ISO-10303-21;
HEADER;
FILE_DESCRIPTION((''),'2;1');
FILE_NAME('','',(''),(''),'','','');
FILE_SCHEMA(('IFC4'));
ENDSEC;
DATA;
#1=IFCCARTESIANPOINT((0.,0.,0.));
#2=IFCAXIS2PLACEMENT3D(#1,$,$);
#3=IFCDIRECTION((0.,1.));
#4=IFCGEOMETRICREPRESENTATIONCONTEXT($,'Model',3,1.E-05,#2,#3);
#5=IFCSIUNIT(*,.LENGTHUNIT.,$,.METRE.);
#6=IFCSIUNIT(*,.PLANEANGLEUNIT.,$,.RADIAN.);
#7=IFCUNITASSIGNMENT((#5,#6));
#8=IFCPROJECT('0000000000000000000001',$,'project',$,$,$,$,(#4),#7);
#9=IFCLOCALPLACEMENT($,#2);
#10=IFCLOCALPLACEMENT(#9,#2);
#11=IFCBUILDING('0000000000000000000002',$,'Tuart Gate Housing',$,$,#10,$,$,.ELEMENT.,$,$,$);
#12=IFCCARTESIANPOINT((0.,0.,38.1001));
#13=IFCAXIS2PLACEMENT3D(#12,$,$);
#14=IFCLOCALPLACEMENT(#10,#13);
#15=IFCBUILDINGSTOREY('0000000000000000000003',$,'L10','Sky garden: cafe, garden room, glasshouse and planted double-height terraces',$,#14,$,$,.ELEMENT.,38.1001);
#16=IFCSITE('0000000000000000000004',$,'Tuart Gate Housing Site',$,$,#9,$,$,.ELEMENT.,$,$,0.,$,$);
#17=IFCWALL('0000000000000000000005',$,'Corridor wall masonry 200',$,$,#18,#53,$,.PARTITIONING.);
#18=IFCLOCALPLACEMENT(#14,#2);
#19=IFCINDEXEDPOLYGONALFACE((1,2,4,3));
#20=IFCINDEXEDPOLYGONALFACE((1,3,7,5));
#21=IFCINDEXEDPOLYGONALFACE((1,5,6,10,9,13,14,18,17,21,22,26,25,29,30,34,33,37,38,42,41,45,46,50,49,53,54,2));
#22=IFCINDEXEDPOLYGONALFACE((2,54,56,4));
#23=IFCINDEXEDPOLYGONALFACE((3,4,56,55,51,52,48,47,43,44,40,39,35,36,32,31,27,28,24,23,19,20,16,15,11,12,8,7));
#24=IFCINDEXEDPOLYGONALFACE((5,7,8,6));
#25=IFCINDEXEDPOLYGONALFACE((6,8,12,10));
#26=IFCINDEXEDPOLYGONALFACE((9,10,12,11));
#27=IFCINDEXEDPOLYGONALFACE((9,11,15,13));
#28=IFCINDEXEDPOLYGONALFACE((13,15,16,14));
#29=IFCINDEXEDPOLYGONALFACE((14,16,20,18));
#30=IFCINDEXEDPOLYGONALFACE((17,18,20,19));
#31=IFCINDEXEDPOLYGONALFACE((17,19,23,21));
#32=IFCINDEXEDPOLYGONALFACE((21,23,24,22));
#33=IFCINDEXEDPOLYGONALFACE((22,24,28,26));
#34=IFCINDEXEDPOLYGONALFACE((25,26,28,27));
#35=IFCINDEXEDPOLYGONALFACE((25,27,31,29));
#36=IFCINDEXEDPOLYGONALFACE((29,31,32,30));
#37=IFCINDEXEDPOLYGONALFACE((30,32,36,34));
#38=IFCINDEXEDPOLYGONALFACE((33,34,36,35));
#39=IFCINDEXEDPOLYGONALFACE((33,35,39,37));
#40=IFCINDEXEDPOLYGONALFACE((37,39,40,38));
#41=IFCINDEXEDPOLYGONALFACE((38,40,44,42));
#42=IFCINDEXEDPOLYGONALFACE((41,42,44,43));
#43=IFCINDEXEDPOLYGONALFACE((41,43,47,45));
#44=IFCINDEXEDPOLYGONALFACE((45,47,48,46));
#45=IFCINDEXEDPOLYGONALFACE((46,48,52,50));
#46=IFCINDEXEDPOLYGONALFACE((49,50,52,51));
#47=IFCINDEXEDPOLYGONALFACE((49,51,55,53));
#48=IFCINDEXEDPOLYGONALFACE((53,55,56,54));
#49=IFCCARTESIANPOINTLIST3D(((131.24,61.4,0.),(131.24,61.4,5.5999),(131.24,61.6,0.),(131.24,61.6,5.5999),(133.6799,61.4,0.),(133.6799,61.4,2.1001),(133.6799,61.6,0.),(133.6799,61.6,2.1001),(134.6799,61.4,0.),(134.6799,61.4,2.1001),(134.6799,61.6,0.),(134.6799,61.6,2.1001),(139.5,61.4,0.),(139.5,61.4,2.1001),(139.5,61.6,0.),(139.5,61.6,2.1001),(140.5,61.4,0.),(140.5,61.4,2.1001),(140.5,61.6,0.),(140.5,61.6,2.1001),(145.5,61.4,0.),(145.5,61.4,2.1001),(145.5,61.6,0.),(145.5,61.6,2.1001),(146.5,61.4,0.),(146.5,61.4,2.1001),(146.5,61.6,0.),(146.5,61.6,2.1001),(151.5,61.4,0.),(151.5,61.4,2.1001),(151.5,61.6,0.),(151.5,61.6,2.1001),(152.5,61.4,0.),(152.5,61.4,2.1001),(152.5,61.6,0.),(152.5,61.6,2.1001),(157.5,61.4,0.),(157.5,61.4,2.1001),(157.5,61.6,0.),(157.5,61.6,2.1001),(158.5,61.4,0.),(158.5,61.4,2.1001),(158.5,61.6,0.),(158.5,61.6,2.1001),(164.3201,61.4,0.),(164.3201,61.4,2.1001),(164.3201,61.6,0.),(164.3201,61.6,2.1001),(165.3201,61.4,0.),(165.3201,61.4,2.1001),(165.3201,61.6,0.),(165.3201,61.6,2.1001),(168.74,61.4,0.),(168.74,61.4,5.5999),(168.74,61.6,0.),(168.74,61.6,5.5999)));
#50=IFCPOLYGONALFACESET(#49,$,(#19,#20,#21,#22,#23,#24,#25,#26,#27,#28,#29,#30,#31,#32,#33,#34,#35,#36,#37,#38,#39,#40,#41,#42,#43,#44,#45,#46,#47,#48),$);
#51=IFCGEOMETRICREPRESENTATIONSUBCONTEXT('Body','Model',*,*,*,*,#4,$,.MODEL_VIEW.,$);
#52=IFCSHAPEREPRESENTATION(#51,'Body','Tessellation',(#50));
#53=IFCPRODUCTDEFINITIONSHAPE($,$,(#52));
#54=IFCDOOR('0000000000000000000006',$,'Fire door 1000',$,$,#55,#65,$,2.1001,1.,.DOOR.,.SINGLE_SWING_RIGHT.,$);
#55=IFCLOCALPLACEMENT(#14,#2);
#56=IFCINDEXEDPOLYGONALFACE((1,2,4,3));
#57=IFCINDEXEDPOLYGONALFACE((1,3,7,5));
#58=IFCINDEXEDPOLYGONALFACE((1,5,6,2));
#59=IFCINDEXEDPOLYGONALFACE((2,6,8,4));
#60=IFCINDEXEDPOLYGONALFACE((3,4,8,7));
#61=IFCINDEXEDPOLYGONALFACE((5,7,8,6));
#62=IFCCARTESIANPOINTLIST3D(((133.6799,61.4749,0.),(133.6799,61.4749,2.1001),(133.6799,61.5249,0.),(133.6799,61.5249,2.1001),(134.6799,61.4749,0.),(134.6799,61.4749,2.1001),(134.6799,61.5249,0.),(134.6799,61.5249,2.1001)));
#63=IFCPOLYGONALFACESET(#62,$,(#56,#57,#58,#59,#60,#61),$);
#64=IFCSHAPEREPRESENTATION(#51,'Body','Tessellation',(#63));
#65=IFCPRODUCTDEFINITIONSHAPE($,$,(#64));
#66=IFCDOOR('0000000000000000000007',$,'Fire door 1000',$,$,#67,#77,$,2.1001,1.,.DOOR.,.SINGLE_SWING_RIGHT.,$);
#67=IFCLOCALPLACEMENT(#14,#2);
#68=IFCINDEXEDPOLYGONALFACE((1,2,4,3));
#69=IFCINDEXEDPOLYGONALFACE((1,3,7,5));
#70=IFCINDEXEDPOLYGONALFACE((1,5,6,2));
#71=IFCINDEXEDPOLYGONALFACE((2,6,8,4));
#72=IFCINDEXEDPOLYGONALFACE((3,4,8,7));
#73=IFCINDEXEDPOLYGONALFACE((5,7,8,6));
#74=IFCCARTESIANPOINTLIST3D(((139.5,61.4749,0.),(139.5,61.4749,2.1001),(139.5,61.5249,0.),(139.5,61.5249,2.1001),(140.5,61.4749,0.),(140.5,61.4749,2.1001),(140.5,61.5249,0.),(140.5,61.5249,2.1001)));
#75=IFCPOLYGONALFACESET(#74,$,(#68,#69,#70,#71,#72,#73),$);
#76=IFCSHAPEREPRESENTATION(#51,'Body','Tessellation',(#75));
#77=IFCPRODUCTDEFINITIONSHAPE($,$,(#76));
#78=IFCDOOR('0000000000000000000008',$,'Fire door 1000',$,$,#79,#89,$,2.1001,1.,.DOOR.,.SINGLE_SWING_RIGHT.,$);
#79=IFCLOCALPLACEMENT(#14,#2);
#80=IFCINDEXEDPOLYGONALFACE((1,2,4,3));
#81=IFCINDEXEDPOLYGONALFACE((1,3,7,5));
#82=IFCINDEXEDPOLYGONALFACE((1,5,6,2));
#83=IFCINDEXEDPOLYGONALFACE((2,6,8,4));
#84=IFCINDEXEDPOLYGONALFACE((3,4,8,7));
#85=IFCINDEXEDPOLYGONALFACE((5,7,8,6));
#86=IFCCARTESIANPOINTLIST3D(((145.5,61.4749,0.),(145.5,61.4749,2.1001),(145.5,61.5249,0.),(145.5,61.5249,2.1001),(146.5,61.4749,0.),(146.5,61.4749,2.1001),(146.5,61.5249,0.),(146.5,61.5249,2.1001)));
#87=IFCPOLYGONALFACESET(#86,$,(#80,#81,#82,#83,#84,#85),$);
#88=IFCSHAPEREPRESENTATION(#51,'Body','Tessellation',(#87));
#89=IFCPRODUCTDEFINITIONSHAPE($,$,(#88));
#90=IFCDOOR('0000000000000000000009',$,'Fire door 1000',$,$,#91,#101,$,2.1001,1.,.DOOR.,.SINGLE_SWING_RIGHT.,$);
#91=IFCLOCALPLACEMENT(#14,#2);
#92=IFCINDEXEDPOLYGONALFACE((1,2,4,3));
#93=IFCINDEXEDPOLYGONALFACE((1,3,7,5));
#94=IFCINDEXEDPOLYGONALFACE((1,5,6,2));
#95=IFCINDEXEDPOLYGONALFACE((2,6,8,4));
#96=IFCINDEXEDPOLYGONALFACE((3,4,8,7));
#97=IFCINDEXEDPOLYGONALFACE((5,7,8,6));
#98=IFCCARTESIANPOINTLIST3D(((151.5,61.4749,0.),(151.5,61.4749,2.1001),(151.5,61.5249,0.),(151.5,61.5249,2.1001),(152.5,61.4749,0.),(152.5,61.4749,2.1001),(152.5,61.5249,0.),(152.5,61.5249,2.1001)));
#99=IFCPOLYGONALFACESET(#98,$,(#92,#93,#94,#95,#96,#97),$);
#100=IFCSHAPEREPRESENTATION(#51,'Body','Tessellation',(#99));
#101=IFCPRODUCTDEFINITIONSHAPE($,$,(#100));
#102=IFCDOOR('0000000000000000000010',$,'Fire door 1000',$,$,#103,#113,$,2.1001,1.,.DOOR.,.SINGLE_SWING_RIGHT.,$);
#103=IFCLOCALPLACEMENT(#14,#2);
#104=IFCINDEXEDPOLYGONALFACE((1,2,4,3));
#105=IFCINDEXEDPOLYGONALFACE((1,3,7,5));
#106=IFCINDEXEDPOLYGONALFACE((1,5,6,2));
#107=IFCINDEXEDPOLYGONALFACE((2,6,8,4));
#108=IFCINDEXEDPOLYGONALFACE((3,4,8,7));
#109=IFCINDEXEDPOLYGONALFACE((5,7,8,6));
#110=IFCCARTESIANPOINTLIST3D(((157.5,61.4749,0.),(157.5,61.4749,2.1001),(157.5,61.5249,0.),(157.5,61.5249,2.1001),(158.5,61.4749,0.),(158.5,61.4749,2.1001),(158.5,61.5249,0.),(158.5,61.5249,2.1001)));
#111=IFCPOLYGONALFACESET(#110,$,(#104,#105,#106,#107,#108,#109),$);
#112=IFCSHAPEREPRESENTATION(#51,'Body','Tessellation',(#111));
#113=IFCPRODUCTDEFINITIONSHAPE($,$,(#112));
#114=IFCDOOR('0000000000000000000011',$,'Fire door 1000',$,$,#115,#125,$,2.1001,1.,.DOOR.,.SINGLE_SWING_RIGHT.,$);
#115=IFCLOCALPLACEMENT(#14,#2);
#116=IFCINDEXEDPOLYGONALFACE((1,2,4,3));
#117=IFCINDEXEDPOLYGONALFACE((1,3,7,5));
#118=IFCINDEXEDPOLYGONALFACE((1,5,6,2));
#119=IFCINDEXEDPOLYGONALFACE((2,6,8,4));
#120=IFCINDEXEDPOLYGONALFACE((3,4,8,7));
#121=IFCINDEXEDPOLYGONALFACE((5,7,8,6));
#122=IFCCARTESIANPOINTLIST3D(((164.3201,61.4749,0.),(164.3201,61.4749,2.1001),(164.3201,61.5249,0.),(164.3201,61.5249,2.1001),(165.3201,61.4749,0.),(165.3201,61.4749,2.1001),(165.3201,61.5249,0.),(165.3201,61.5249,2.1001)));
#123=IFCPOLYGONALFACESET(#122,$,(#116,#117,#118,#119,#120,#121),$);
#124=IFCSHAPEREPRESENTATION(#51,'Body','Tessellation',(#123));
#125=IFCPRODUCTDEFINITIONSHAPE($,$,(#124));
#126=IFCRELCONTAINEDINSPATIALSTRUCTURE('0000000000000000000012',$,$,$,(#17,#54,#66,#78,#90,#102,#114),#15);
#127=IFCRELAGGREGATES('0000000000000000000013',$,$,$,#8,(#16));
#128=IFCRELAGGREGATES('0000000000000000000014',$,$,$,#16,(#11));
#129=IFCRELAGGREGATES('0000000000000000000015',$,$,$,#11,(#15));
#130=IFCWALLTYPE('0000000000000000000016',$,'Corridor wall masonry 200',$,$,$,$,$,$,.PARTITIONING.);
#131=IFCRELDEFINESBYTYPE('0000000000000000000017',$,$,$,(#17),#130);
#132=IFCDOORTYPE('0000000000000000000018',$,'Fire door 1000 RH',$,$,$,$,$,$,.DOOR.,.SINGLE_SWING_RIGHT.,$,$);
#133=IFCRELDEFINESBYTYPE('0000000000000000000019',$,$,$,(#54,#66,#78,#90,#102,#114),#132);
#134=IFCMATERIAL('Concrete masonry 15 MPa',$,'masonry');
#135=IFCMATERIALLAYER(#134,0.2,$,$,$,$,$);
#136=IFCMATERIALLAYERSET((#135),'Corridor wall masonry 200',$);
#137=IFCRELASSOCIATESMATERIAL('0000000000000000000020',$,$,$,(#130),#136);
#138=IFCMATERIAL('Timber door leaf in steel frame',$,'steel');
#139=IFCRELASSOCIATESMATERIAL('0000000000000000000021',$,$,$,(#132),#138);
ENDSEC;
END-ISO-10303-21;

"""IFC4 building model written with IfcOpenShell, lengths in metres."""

from ifc_helpers import new_model, si_unit, direction, frame, frame_2d, origin, place, context, subcontext, project, spatial, rectangle, extrude, material, layer, layer_set, type_object, element, fill, save


model = new_model("IFC4")

# Units and contexts
model_context = context("Model", 3, precision=1e-05, world=origin(), true_north=direction((0.0, 1.0)))
body_context = subcontext(model_context, "Body", "Model", "MODEL_VIEW")
ifc_project = project(units=[si_unit("LENGTHUNIT", "METRE"), si_unit("PLANEANGLEUNIT", "RADIAN")], contexts=[model_context])

# Site, building, storey
site_placement = place(None, origin())
site = spatial("IfcSite", under=ifc_project, at=site_placement, Name="Tuart Gate Housing Site", CompositionType="ELEMENT", RefElevation=0.0)
building_placement = place(site_placement, origin())
building = spatial("IfcBuilding", under=site, at=building_placement, Name="Tuart Gate Housing", CompositionType="ELEMENT")
storey_placement = place(building_placement, frame((0.0, 0.0, 38.1001)))
storey = spatial("IfcBuildingStorey", under=building, at=storey_placement, Name="L10", Description="Sky garden: cafe, garden room, glasshouse and planted double-height terraces", CompositionType="ELEMENT", Elevation=38.1001)

# Wall, openings, doors
ifc_material_1 = material(Name="Concrete masonry 15 MPa", Category="masonry")
ifc_layer_1 = layer(ifc_material_1, 0.2)
ifc_layer_set_1 = layer_set([ifc_layer_1], Name="Corridor wall masonry 200")
wall_type_1 = type_object("IfcWallType", Name="Corridor wall masonry 200", PredefinedType="PARTITIONING", material=ifc_layer_set_1)
wall_1_placement = place(storey_placement, frame((131.24, 61.5, 0.0), z_axis=(0.0, 0.0, 1.0), x_axis=(1.0, 0.0, 0.0)))
wall_1 = element("IfcWall", 1, at=wall_1_placement, inside=storey, type_object=wall_type_1, Name="Corridor wall masonry 200", PredefinedType="PARTITIONING", context=body_context, shape_type="SweptSolid", body=[
    extrude(rectangle(XDim=37.5, YDim=0.2, at=frame_2d((18.75, 0.0))), origin(), (0.0, 0.0, 1.0), 5.5999),
])
opening_1_placement = place(wall_1_placement, frame((2.4399, 0.0, 0.0)))
opening_1 = element("IfcOpeningElement", 2, at=opening_1_placement, cuts=wall_1, PredefinedType="OPENING", context=body_context, shape_type="SweptSolid", body=[
    extrude(rectangle(XDim=1.0, YDim=2.1001, at=frame_2d((0.5, 1.05))), frame((0.0, 0.1099, 0.0), z_axis=(0.0, -1.0, 0.0), x_axis=(1.0, 0.0, 0.0)), (0.0, 0.0, 1.0), 0.22),
])
opening_2_placement = place(wall_1_placement, frame((8.26, 0.0, 0.0)))
opening_2 = element("IfcOpeningElement", 3, at=opening_2_placement, cuts=wall_1, PredefinedType="OPENING", context=body_context, shape_type="SweptSolid", body=[
    extrude(rectangle(XDim=1.0, YDim=2.1001, at=frame_2d((0.5, 1.05))), frame((0.0, 0.1099, 0.0), z_axis=(0.0, -1.0, 0.0), x_axis=(1.0, 0.0, 0.0)), (0.0, 0.0, 1.0), 0.22),
])
opening_3_placement = place(wall_1_placement, frame((14.26, 0.0, 0.0)))
opening_3 = element("IfcOpeningElement", 4, at=opening_3_placement, cuts=wall_1, PredefinedType="OPENING", context=body_context, shape_type="SweptSolid", body=[
    extrude(rectangle(XDim=1.0, YDim=2.1001, at=frame_2d((0.5, 1.05))), frame((0.0, 0.1099, 0.0), z_axis=(0.0, -1.0, 0.0), x_axis=(1.0, 0.0, 0.0)), (0.0, 0.0, 1.0), 0.22),
])
opening_4_placement = place(wall_1_placement, frame((20.26, 0.0, 0.0)))
opening_4 = element("IfcOpeningElement", 5, at=opening_4_placement, cuts=wall_1, PredefinedType="OPENING", context=body_context, shape_type="SweptSolid", body=[
    extrude(rectangle(XDim=1.0, YDim=2.1001, at=frame_2d((0.5, 1.05))), frame((0.0, 0.1099, 0.0), z_axis=(0.0, -1.0, 0.0), x_axis=(1.0, 0.0, 0.0)), (0.0, 0.0, 1.0), 0.22),
])
opening_5_placement = place(wall_1_placement, frame((26.26, 0.0, 0.0)))
opening_5 = element("IfcOpeningElement", 6, at=opening_5_placement, cuts=wall_1, PredefinedType="OPENING", context=body_context, shape_type="SweptSolid", body=[
    extrude(rectangle(XDim=1.0, YDim=2.1001, at=frame_2d((0.5, 1.05))), frame((0.0, 0.1099, 0.0), z_axis=(0.0, -1.0, 0.0), x_axis=(1.0, 0.0, 0.0)), (0.0, 0.0, 1.0), 0.22),
])
opening_6_placement = place(wall_1_placement, frame((33.0801, 0.0, 0.0)))
opening_6 = element("IfcOpeningElement", 7, at=opening_6_placement, cuts=wall_1, PredefinedType="OPENING", context=body_context, shape_type="SweptSolid", body=[
    extrude(rectangle(XDim=1.0, YDim=2.1001, at=frame_2d((0.5, 1.05))), frame((0.0, 0.1099, 0.0), z_axis=(0.0, -1.0, 0.0), x_axis=(1.0, 0.0, 0.0)), (0.0, 0.0, 1.0), 0.22),
])
ifc_material_2 = material(Name="Timber door leaf in steel frame", Category="steel")
door_type = type_object("IfcDoorType", Name="Fire door 1000 RH", OperationType="SINGLE_SWING_RIGHT", PredefinedType="DOOR", material=ifc_material_2)
door_1_placement = place(opening_1_placement, frame((1.0, 0.0, 0.0), z_axis=(0.0, 0.0, 1.0), x_axis=(-1.0, 0.0, 0.0)))
door_1 = element("IfcDoor", 8, at=door_1_placement, inside=storey, type_object=door_type, Name="Fire door 1000", OperationType="SINGLE_SWING_RIGHT", OverallHeight=2.1001, OverallWidth=1.0, PredefinedType="DOOR", context=body_context, shape_type="SweptSolid", body=[
    extrude(rectangle(XDim=1.0, YDim=2.1001, at=frame_2d((0.5, 1.05))), frame((0.0, 0.0251, 0.0), z_axis=(0.0, -1.0, 0.0), x_axis=(1.0, 0.0, 0.0)), (0.0, 0.0, 1.0), 0.05),
])
fill(opening_1, door_1)
door_2_placement = place(opening_2_placement, frame((1.0, 0.0, 0.0), z_axis=(0.0, 0.0, 1.0), x_axis=(-1.0, 0.0, 0.0)))
door_2 = element("IfcDoor", 9, at=door_2_placement, inside=storey, type_object=door_type, Name="Fire door 1000", OperationType="SINGLE_SWING_RIGHT", OverallHeight=2.1001, OverallWidth=1.0, PredefinedType="DOOR", context=body_context, shape_type="SweptSolid", body=[
    extrude(rectangle(XDim=1.0, YDim=2.1001, at=frame_2d((0.5, 1.05))), frame((0.0, 0.0251, 0.0), z_axis=(0.0, -1.0, 0.0), x_axis=(1.0, 0.0, 0.0)), (0.0, 0.0, 1.0), 0.05),
])
fill(opening_2, door_2)
door_3_placement = place(opening_3_placement, frame((1.0, 0.0, 0.0), z_axis=(0.0, 0.0, 1.0), x_axis=(-1.0, 0.0, 0.0)))
door_3 = element("IfcDoor", 10, at=door_3_placement, inside=storey, type_object=door_type, Name="Fire door 1000", OperationType="SINGLE_SWING_RIGHT", OverallHeight=2.1001, OverallWidth=1.0, PredefinedType="DOOR", context=body_context, shape_type="SweptSolid", body=[
    extrude(rectangle(XDim=1.0, YDim=2.1001, at=frame_2d((0.5, 1.05))), frame((0.0, 0.0251, 0.0), z_axis=(0.0, -1.0, 0.0), x_axis=(1.0, 0.0, 0.0)), (0.0, 0.0, 1.0), 0.05),
])
fill(opening_3, door_3)
door_4_placement = place(opening_4_placement, frame((1.0, 0.0, 0.0), z_axis=(0.0, 0.0, 1.0), x_axis=(-1.0, 0.0, 0.0)))
door_4 = element("IfcDoor", 11, at=door_4_placement, inside=storey, type_object=door_type, Name="Fire door 1000", OperationType="SINGLE_SWING_RIGHT", OverallHeight=2.1001, OverallWidth=1.0, PredefinedType="DOOR", context=body_context, shape_type="SweptSolid", body=[
    extrude(rectangle(XDim=1.0, YDim=2.1001, at=frame_2d((0.5, 1.05))), frame((0.0, 0.0251, 0.0), z_axis=(0.0, -1.0, 0.0), x_axis=(1.0, 0.0, 0.0)), (0.0, 0.0, 1.0), 0.05),
])
fill(opening_4, door_4)
door_5_placement = place(opening_5_placement, frame((1.0, 0.0, 0.0), z_axis=(0.0, 0.0, 1.0), x_axis=(-1.0, 0.0, 0.0)))
door_5 = element("IfcDoor", 12, at=door_5_placement, inside=storey, type_object=door_type, Name="Fire door 1000", OperationType="SINGLE_SWING_RIGHT", OverallHeight=2.1001, OverallWidth=1.0, PredefinedType="DOOR", context=body_context, shape_type="SweptSolid", body=[
    extrude(rectangle(XDim=1.0, YDim=2.1001, at=frame_2d((0.5, 1.05))), frame((0.0, 0.0251, 0.0), z_axis=(0.0, -1.0, 0.0), x_axis=(1.0, 0.0, 0.0)), (0.0, 0.0, 1.0), 0.05),
])
fill(opening_5, door_5)
door_6_placement = place(opening_6_placement, frame((1.0, 0.0, 0.0), z_axis=(0.0, 0.0, 1.0), x_axis=(-1.0, 0.0, 0.0)))
door_6 = element("IfcDoor", 13, at=door_6_placement, inside=storey, type_object=door_type, Name="Fire door 1000", OperationType="SINGLE_SWING_RIGHT", OverallHeight=2.1001, OverallWidth=1.0, PredefinedType="DOOR", context=body_context, shape_type="SweptSolid", body=[
    extrude(rectangle(XDim=1.0, YDim=2.1001, at=frame_2d((0.5, 1.05))), frame((0.0, 0.0251, 0.0), z_axis=(0.0, -1.0, 0.0), x_axis=(1.0, 0.0, 0.0)), (0.0, 0.0, 1.0), 0.05),
])
fill(opening_6, door_6)

save(model, "model.ifc")
